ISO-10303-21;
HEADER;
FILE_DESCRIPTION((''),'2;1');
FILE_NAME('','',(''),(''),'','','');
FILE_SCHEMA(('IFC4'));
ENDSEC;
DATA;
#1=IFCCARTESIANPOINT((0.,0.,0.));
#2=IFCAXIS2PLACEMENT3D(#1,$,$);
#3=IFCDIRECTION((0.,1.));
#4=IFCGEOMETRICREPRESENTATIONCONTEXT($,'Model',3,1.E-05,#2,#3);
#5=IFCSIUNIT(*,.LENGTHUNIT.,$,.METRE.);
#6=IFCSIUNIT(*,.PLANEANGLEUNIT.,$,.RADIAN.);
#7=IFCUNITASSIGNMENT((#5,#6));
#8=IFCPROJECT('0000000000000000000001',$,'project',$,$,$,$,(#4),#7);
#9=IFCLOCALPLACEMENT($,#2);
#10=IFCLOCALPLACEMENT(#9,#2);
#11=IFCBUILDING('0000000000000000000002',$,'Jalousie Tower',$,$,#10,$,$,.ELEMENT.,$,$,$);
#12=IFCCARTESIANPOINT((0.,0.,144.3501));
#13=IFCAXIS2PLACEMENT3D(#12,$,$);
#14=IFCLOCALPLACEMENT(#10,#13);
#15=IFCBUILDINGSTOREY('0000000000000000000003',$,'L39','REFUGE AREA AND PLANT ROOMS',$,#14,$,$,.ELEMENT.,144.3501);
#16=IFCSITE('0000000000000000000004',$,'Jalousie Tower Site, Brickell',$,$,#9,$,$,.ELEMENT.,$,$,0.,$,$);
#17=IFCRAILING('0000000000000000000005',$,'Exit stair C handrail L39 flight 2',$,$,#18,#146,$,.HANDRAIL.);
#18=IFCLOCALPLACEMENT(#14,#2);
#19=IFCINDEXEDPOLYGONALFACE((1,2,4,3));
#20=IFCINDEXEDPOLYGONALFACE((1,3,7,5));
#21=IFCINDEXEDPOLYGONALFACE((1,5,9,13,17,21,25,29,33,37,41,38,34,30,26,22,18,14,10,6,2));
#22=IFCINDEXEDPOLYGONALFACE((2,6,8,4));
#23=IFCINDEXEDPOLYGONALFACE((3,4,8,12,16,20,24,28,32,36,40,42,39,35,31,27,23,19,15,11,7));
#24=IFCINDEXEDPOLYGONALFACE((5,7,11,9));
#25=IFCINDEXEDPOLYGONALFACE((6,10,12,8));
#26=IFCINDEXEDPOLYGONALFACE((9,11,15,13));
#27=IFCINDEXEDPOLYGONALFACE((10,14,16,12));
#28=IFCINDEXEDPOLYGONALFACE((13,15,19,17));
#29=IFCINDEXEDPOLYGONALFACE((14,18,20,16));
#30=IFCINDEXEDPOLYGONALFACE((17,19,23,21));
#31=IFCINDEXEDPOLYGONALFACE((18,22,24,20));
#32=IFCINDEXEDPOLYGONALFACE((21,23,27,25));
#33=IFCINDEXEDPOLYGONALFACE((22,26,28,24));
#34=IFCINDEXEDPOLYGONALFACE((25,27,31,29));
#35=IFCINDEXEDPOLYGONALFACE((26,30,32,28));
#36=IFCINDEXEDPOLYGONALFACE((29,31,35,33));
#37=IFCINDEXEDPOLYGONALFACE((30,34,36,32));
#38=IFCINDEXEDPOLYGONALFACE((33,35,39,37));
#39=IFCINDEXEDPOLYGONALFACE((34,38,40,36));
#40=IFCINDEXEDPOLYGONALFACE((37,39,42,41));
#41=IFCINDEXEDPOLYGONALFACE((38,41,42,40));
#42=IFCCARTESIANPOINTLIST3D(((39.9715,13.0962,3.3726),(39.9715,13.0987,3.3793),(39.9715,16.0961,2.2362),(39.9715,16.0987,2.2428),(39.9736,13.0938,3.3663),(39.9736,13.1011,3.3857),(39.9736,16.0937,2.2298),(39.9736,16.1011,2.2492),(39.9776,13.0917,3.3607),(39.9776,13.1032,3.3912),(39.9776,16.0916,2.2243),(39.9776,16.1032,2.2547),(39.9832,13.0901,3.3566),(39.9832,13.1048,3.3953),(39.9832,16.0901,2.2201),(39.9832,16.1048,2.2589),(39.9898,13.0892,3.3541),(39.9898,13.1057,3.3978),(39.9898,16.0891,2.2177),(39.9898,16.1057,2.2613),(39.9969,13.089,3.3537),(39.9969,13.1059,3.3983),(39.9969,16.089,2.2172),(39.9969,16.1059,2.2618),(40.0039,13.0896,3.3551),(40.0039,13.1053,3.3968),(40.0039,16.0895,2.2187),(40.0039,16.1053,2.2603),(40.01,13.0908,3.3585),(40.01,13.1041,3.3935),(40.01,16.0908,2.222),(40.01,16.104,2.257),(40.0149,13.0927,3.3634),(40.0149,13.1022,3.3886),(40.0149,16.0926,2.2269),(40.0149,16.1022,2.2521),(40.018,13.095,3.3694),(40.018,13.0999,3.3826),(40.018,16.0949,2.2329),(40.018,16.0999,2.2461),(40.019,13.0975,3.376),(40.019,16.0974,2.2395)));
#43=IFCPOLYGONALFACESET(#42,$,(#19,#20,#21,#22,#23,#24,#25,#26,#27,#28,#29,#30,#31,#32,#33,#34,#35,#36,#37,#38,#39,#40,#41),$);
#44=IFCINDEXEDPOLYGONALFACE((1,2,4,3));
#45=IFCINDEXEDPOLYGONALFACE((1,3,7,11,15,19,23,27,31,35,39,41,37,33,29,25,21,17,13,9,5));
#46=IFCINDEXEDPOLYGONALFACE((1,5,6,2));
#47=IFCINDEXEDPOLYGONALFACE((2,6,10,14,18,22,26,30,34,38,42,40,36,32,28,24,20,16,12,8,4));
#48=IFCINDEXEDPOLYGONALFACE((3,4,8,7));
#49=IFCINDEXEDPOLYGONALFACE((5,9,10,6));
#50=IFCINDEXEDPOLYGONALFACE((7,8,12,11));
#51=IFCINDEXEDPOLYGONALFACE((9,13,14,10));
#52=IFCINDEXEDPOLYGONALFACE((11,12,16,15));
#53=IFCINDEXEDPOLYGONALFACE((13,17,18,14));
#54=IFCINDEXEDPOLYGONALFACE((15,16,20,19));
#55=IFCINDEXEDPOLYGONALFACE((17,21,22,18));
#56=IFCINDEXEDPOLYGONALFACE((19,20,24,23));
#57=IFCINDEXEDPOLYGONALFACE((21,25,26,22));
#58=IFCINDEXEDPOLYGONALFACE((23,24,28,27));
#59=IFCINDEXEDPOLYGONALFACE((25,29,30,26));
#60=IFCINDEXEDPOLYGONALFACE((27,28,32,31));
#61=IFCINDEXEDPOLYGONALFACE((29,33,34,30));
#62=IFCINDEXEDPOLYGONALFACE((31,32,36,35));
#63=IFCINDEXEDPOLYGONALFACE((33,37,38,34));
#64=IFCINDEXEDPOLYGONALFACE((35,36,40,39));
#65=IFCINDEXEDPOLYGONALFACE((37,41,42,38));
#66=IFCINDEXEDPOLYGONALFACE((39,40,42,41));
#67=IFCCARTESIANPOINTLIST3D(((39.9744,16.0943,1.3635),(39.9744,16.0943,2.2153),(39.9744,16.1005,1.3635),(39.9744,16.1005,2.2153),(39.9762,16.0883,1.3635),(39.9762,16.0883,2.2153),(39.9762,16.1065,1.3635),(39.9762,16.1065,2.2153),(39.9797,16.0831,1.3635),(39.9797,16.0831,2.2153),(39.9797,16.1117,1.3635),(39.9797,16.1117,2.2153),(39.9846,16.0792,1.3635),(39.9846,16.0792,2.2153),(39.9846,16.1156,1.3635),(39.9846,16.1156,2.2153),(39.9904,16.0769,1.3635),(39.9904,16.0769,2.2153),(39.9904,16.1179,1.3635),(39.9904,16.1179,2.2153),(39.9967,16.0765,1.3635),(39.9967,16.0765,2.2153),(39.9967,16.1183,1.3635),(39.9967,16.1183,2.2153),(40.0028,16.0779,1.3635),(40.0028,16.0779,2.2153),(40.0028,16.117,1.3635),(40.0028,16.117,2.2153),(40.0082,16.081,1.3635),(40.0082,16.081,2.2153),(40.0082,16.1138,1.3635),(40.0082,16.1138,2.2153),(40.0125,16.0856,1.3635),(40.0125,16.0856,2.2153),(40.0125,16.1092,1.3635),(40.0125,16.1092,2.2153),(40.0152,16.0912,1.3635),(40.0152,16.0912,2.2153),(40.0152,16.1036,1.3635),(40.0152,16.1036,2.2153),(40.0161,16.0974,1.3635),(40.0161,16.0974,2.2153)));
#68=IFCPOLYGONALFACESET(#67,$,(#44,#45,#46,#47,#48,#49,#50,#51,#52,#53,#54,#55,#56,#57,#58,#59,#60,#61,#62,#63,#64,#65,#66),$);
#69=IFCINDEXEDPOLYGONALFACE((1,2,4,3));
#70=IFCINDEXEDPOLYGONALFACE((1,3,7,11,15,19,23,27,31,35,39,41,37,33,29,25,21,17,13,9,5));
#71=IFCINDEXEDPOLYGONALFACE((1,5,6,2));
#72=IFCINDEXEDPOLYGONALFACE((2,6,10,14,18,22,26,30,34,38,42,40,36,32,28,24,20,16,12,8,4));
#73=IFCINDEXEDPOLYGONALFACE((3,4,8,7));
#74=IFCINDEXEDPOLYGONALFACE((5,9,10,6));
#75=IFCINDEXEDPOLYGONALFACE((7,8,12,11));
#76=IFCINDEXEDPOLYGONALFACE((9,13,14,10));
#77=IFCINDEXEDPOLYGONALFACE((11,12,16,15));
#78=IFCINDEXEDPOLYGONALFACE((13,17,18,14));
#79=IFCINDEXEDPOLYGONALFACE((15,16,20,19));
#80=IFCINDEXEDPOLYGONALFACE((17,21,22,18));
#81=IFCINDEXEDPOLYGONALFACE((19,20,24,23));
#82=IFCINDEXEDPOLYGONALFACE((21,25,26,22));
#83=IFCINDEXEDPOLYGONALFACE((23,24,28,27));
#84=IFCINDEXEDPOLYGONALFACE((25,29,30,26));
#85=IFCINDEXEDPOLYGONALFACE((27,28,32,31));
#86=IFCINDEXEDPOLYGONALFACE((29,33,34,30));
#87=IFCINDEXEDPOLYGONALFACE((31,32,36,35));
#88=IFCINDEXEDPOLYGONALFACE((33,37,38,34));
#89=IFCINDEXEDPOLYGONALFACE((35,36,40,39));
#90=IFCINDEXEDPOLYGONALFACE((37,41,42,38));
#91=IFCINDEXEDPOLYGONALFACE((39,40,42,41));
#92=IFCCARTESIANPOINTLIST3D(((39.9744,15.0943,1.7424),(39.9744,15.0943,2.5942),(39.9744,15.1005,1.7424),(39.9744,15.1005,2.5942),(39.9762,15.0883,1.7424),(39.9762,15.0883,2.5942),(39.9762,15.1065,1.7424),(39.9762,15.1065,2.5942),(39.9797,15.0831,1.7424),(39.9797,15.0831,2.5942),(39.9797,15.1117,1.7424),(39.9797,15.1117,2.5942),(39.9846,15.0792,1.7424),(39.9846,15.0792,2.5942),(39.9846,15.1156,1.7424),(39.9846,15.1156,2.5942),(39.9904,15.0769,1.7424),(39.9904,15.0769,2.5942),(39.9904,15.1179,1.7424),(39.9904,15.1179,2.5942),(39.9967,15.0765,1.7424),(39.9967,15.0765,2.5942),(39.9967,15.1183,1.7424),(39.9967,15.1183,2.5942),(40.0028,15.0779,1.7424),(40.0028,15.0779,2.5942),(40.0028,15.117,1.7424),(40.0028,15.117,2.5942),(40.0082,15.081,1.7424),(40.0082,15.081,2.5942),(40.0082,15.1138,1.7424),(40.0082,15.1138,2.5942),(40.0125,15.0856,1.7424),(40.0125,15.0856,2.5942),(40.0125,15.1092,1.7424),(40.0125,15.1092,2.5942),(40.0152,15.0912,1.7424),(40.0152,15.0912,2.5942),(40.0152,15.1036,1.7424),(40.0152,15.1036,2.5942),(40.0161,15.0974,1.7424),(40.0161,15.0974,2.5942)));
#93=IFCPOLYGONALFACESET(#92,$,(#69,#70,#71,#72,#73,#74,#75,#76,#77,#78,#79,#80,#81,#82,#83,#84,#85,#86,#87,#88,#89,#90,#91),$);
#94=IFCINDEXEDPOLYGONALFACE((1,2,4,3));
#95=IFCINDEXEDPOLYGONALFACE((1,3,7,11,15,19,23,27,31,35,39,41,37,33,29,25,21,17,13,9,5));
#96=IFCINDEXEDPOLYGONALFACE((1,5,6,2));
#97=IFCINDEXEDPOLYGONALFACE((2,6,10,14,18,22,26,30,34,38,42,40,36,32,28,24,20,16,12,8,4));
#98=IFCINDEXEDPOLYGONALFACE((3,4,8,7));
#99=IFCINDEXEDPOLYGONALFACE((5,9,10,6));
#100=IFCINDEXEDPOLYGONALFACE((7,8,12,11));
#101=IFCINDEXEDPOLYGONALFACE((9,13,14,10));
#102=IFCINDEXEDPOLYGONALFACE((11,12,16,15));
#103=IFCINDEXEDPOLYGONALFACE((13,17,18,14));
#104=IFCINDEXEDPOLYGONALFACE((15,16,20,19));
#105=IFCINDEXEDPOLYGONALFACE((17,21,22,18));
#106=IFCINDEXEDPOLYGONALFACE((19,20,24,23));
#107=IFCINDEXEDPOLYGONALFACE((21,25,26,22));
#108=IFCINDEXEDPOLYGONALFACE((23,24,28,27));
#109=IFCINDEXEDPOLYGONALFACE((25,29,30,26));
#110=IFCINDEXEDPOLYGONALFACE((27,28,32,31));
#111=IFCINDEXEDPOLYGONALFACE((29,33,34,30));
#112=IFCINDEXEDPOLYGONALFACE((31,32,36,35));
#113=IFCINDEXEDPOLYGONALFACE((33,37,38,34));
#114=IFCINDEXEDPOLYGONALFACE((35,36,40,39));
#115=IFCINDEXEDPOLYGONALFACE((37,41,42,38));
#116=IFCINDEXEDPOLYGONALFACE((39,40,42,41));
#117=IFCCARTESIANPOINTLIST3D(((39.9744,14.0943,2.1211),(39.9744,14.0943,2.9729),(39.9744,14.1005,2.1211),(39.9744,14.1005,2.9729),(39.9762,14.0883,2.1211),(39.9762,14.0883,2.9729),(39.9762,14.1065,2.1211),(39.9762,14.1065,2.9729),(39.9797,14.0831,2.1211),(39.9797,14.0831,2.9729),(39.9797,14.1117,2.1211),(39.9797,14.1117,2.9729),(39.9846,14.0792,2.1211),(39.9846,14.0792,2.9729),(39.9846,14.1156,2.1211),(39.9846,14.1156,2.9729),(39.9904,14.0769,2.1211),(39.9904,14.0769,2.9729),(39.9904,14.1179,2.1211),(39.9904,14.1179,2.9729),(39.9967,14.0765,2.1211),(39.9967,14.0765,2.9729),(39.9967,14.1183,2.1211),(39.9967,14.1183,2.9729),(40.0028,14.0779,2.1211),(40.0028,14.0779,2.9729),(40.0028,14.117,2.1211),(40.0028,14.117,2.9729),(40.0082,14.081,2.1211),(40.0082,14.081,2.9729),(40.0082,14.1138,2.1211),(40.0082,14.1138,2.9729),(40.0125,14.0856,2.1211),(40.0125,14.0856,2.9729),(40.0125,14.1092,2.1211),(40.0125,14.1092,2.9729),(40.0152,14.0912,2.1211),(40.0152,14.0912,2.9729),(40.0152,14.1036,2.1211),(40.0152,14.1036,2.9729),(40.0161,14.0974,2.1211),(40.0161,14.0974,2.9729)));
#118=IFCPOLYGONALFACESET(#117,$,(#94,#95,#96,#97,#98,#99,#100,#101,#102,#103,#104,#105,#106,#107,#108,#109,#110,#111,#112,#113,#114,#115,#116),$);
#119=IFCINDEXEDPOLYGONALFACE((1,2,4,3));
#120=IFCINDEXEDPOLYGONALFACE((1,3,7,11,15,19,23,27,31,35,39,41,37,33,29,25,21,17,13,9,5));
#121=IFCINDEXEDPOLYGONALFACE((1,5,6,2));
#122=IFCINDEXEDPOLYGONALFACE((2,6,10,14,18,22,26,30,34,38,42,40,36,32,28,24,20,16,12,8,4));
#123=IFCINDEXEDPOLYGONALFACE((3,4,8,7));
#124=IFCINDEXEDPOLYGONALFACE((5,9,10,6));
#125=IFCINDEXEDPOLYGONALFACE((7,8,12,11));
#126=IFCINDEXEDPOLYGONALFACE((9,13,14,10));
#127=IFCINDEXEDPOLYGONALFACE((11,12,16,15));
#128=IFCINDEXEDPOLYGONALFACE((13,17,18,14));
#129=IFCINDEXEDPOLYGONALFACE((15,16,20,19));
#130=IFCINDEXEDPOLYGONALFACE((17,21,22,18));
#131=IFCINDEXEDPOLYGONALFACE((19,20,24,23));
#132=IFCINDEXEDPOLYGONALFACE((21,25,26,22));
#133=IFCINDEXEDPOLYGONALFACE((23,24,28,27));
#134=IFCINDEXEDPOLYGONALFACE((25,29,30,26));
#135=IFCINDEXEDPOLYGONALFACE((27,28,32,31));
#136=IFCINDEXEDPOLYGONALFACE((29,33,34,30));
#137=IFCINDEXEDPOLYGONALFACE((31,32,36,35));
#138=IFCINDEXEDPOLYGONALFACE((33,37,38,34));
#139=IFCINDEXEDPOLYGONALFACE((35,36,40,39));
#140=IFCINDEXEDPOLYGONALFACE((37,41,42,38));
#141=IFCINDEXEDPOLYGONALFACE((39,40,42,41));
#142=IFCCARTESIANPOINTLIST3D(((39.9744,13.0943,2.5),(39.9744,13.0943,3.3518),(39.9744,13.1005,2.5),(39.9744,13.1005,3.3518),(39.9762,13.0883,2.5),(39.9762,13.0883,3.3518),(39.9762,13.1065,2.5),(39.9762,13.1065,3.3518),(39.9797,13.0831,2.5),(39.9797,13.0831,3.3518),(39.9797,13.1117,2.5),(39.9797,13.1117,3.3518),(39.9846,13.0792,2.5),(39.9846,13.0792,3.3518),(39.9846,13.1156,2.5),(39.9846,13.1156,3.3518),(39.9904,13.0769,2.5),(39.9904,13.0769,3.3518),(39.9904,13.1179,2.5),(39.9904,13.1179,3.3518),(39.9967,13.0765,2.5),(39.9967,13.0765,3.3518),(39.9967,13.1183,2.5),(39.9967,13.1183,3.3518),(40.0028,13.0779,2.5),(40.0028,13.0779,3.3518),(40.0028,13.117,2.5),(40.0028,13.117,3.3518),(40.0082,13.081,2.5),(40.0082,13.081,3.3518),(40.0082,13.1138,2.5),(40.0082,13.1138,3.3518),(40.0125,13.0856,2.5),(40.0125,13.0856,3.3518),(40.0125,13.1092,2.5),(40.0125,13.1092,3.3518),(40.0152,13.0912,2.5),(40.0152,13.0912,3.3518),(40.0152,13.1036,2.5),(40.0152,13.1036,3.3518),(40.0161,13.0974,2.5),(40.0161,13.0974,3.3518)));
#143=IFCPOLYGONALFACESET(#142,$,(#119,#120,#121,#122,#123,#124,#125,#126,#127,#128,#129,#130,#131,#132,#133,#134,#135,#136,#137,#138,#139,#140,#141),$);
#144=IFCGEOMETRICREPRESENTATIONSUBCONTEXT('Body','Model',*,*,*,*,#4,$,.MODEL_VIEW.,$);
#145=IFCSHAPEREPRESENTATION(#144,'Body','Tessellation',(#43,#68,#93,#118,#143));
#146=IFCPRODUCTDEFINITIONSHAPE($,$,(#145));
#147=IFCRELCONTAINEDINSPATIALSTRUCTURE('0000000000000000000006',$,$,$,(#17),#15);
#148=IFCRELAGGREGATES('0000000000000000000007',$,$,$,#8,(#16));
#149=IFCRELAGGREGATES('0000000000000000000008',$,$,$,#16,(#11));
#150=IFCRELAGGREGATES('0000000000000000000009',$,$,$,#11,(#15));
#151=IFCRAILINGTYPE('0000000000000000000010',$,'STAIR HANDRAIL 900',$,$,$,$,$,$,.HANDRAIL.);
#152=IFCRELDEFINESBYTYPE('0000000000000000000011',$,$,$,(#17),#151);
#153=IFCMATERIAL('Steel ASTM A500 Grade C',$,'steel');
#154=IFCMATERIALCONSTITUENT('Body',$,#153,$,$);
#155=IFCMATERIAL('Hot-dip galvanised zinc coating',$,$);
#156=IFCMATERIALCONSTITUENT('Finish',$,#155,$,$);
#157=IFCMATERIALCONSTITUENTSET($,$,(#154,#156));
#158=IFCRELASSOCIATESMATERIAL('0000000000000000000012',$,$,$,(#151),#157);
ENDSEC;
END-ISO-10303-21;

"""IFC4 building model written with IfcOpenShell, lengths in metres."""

from ifc_helpers import new_model, si_unit, direction, frame, origin, origin_2d, place, context, subcontext, project, spatial, circle, extrude, material, constituent, constituent_set, type_object, element, save


model = new_model("IFC4")

# Units and contexts
model_context = context("Model", 3, precision=1e-05, world=origin(), true_north=direction((0.0, 1.0)))
body_context = subcontext(model_context, "Body", "Model", "MODEL_VIEW")
ifc_project = project(units=[si_unit("LENGTHUNIT", "METRE"), si_unit("PLANEANGLEUNIT", "RADIAN")], contexts=[model_context])

# Site, building, storey
site_placement = place(None, origin())
site = spatial("IfcSite", under=ifc_project, at=site_placement, Name="Jalousie Tower Site, Brickell", CompositionType="ELEMENT", RefElevation=0.0)
building_placement = place(site_placement, origin())
building = spatial("IfcBuilding", under=site, at=building_placement, Name="Jalousie Tower", CompositionType="ELEMENT")
storey_placement = place(building_placement, frame((0.0, 0.0, 144.3501)))
storey = spatial("IfcBuildingStorey", under=building, at=storey_placement, Name="L39", Description="REFUGE AREA AND PLANT ROOMS", CompositionType="ELEMENT", Elevation=144.3501)

# Railing
ifc_material_1 = material(Name="Steel ASTM A500 Grade C", Category="steel")
ifc_constituent_1 = constituent(ifc_material_1, Name="Body")
ifc_material_2 = material(Name="Hot-dip galvanised zinc coating")
ifc_constituent_2 = constituent(ifc_material_2, Name="Finish")
ifc_constituent_set_1 = constituent_set(constituents=[ifc_constituent_1, ifc_constituent_2])
railing_type_1 = type_object("IfcRailingType", Name="STAIR HANDRAIL 900", PredefinedType="HANDRAIL", material=ifc_constituent_set_1)
railing_1_placement = place(storey_placement, frame((39.9951, 16.0974, 1.3635)))
element("IfcRailing", 1, at=railing_1_placement, inside=storey, type_object=railing_type_1, Name="Exit stair C handrail L39 flight 2", PredefinedType="HANDRAIL", context=body_context, shape_type="SweptSolid", body=[
    extrude(circle(Radius=0.0239, at=origin_2d()), frame((0.0, 0.0, 0.876), z_axis=(0.0, -0.935148, 0.354257), x_axis=(1.0, 0.0, 0.0)), (0.0, 0.0, 1.0), 3.208),
    extrude(circle(Radius=0.021, at=origin_2d()), origin(), (0.0, 0.0, 1.0), 0.8518),
    extrude(circle(Radius=0.021, at=origin_2d()), frame((0.0, -1.0, 0.3789)), (0.0, 0.0, 1.0), 0.8518),
    extrude(circle(Radius=0.021, at=origin_2d()), frame((0.0, -2.0, 0.7576)), (0.0, 0.0, 1.0), 0.8518),
    extrude(circle(Radius=0.021, at=origin_2d()), frame((0.0, -3.0, 1.1365)), (0.0, 0.0, 1.0), 0.8518),
])

save(model, "model.ifc")
